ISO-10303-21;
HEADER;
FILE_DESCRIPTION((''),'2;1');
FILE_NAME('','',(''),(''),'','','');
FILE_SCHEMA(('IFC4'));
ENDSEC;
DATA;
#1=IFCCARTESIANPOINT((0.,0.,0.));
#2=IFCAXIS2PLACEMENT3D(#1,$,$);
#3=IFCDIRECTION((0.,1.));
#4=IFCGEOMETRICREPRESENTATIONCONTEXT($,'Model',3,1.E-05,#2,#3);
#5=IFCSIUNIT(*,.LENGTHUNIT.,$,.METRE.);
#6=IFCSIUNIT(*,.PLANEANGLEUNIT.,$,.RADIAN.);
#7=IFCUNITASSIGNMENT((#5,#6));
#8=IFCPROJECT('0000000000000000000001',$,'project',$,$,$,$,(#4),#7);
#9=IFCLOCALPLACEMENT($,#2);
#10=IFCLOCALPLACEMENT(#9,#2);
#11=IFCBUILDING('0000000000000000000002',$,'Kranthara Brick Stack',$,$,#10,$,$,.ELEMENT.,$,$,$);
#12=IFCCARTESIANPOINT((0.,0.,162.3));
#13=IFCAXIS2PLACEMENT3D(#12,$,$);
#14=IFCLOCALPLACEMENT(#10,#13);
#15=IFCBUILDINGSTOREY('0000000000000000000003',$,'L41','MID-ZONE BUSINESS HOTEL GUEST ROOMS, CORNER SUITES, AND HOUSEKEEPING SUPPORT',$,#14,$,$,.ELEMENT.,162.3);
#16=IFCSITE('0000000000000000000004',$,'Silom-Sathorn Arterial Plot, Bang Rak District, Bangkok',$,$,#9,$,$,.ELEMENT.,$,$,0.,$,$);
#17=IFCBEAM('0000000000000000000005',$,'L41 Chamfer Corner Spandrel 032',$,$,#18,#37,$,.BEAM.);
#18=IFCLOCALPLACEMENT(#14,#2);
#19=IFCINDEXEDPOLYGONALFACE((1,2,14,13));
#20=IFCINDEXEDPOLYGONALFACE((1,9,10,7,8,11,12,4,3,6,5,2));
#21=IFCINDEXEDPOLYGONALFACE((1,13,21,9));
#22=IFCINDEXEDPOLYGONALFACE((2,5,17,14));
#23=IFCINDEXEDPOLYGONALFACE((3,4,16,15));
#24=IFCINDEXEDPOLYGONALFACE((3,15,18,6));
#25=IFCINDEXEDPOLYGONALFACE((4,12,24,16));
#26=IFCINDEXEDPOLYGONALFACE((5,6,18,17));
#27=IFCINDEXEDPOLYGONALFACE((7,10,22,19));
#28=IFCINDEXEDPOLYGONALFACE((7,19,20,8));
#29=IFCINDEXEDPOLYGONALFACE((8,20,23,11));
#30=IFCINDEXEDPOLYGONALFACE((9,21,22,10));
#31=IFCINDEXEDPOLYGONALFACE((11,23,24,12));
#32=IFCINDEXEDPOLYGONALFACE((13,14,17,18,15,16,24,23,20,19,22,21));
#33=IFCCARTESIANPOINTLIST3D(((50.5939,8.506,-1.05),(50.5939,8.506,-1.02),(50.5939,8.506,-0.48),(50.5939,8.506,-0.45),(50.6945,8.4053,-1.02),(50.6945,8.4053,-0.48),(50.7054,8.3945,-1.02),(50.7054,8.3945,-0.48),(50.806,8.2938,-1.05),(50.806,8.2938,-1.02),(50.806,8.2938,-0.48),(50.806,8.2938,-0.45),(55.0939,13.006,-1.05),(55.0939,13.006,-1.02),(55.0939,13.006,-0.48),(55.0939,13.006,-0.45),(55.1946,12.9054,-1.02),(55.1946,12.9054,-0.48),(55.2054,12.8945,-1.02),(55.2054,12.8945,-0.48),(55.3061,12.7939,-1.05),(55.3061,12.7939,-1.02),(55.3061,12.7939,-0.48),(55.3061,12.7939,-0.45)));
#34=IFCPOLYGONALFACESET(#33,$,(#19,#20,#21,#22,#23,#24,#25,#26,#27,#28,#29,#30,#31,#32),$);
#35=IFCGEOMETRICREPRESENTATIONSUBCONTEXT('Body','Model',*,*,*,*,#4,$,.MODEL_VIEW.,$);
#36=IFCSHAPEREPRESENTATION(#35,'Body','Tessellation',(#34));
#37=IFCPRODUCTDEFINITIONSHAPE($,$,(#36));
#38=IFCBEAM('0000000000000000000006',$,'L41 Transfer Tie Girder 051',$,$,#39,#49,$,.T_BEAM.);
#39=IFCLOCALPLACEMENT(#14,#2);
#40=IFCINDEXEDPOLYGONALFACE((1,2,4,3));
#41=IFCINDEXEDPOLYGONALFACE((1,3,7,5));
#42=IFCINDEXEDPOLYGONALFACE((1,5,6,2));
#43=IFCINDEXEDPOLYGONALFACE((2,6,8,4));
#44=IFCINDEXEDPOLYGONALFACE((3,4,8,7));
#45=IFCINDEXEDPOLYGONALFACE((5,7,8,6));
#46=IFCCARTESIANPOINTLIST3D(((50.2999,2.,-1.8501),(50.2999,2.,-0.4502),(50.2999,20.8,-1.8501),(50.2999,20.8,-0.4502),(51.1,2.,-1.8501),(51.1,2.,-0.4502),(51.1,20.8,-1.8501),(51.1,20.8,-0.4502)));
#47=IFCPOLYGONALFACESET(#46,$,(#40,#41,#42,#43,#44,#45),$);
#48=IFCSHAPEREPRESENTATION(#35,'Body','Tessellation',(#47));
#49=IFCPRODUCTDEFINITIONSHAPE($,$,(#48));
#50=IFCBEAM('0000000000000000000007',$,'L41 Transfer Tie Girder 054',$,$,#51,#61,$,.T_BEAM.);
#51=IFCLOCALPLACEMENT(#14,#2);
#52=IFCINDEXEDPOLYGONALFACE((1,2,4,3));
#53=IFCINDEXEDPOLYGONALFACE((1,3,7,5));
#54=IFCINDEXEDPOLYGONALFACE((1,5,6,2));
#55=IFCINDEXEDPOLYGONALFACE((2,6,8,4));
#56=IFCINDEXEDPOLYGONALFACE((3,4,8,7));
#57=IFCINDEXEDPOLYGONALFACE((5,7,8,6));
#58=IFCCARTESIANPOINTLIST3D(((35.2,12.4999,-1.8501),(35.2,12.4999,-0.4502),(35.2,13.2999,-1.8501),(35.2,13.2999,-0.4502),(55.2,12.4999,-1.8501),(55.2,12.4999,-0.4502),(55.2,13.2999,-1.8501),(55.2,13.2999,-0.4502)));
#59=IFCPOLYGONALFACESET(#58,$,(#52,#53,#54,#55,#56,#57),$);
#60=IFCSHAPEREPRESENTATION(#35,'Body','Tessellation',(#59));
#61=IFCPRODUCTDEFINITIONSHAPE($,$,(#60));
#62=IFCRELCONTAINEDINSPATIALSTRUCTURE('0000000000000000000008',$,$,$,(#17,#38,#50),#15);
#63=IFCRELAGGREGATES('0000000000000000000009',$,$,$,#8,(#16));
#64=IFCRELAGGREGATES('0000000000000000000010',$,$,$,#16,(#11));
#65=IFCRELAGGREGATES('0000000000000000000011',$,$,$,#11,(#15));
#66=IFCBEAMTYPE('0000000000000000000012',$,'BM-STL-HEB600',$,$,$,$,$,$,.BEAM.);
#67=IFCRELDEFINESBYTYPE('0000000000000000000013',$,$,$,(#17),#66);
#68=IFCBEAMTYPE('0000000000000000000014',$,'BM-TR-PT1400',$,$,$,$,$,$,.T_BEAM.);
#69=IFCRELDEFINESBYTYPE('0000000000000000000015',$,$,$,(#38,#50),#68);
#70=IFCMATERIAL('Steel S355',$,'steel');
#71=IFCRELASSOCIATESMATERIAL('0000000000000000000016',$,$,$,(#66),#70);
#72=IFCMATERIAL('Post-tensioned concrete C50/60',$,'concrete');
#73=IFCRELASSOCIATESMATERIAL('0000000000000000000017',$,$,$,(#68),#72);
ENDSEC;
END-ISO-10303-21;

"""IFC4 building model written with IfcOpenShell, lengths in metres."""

from ifc_helpers import new_model, si_unit, direction, frame, origin, origin_2d, place, context, subcontext, project, spatial, rectangle, i_section, extrude, material, material_profile, profile_set, type_object, element, save


model = new_model("IFC4")

# Units and contexts
model_context = context("Model", 3, precision=1e-05, world=origin(), true_north=direction((0.0, 1.0)))
body_context = subcontext(model_context, "Body", "Model", "MODEL_VIEW")
ifc_project = project(units=[si_unit("LENGTHUNIT", "METRE"), si_unit("PLANEANGLEUNIT", "RADIAN")], contexts=[model_context])

# Site, building, storey
site_placement = place(None, origin())
site = spatial("IfcSite", under=ifc_project, at=site_placement, Name="Silom-Sathorn Arterial Plot, Bang Rak District, Bangkok", CompositionType="ELEMENT", RefElevation=0.0)
building_placement = place(site_placement, origin())
building = spatial("IfcBuilding", under=site, at=building_placement, Name="Kranthara Brick Stack", CompositionType="ELEMENT")
storey_placement = place(building_placement, frame((0.0, 0.0, 162.3)))
storey = spatial("IfcBuildingStorey", under=building, at=storey_placement, Name="L41", Description="MID-ZONE BUSINESS HOTEL GUEST ROOMS, CORNER SUITES, AND HOUSEKEEPING SUPPORT", CompositionType="ELEMENT", Elevation=162.3)

# Beams
ifc_material_1 = material(Name="Steel S355", Category="steel")
ifc_material_profile_1 = material_profile(ifc_material_1, i_section(OverallWidth=0.3, OverallDepth=0.6001, WebThickness=0.0154, FlangeThickness=0.03, at=origin_2d()), Name="HEB 600")
ifc_profile_set_1 = profile_set([ifc_material_profile_1], Name="Steel S355")
beam_type_1 = type_object("IfcBeamType", Name="BM-STL-HEB600", PredefinedType="BEAM", material=ifc_profile_set_1)
for number, where, z_axis, x_axis, name in (
    (1, (50.7, 8.3999, -0.75), (0.707107, 0.707107, 0.0), (-0.707107, 0.707107, 0.0), "L41 Chamfer Corner Spandrel 032"),
):
    element("IfcBeam", number, at=place(storey_placement, frame(where, z_axis=z_axis, x_axis=x_axis)), inside=storey, type_object=beam_type_1, Name=name, PredefinedType="BEAM", context=body_context, shape_type="SweptSolid", body=[
        extrude(i_section(OverallWidth=0.3, OverallDepth=0.6001, WebThickness=0.0154, FlangeThickness=0.03, at=origin_2d()), origin(), (0.0, 0.0, 1.0), 6.364),
    ])
ifc_material_2 = material(Name="Post-tensioned concrete C50/60", Category="concrete")
ifc_material_profile_2 = material_profile(ifc_material_2, rectangle(XDim=0.8, YDim=1.3999, at=origin_2d()), Name="PT 800x1400")
ifc_profile_set_2 = profile_set([ifc_material_profile_2], Name="Post-tensioned concrete C50/60")
beam_type_2 = type_object("IfcBeamType", Name="BM-TR-PT1400", PredefinedType="T_BEAM", material=ifc_profile_set_2)
beam_1_placement = place(storey_placement, frame((50.7, 2.0, -1.1501), z_axis=(0.0, 1.0, 0.0), x_axis=(-1.0, 0.0, 0.0)))
element("IfcBeam", 2, at=beam_1_placement, inside=storey, type_object=beam_type_2, Name="L41 Transfer Tie Girder 051", PredefinedType="T_BEAM", context=body_context, shape_type="SweptSolid", body=[
    extrude(rectangle(XDim=0.8, YDim=1.3999, at=origin_2d()), origin(), (0.0, 0.0, 1.0), 18.8),
])
beam_2_placement = place(storey_placement, frame((55.2, 12.8999, -1.1501), z_axis=(-1.0, 0.0, 0.0), x_axis=(0.0, -1.0, 0.0)))
element("IfcBeam", 3, at=beam_2_placement, inside=storey, type_object=beam_type_2, Name="L41 Transfer Tie Girder 054", PredefinedType="T_BEAM", context=body_context, shape_type="SweptSolid", body=[
    extrude(rectangle(XDim=0.8, YDim=1.3999, at=origin_2d()), origin(), (0.0, 0.0, 1.0), 20.0),
])

save(model, "model.ifc")
